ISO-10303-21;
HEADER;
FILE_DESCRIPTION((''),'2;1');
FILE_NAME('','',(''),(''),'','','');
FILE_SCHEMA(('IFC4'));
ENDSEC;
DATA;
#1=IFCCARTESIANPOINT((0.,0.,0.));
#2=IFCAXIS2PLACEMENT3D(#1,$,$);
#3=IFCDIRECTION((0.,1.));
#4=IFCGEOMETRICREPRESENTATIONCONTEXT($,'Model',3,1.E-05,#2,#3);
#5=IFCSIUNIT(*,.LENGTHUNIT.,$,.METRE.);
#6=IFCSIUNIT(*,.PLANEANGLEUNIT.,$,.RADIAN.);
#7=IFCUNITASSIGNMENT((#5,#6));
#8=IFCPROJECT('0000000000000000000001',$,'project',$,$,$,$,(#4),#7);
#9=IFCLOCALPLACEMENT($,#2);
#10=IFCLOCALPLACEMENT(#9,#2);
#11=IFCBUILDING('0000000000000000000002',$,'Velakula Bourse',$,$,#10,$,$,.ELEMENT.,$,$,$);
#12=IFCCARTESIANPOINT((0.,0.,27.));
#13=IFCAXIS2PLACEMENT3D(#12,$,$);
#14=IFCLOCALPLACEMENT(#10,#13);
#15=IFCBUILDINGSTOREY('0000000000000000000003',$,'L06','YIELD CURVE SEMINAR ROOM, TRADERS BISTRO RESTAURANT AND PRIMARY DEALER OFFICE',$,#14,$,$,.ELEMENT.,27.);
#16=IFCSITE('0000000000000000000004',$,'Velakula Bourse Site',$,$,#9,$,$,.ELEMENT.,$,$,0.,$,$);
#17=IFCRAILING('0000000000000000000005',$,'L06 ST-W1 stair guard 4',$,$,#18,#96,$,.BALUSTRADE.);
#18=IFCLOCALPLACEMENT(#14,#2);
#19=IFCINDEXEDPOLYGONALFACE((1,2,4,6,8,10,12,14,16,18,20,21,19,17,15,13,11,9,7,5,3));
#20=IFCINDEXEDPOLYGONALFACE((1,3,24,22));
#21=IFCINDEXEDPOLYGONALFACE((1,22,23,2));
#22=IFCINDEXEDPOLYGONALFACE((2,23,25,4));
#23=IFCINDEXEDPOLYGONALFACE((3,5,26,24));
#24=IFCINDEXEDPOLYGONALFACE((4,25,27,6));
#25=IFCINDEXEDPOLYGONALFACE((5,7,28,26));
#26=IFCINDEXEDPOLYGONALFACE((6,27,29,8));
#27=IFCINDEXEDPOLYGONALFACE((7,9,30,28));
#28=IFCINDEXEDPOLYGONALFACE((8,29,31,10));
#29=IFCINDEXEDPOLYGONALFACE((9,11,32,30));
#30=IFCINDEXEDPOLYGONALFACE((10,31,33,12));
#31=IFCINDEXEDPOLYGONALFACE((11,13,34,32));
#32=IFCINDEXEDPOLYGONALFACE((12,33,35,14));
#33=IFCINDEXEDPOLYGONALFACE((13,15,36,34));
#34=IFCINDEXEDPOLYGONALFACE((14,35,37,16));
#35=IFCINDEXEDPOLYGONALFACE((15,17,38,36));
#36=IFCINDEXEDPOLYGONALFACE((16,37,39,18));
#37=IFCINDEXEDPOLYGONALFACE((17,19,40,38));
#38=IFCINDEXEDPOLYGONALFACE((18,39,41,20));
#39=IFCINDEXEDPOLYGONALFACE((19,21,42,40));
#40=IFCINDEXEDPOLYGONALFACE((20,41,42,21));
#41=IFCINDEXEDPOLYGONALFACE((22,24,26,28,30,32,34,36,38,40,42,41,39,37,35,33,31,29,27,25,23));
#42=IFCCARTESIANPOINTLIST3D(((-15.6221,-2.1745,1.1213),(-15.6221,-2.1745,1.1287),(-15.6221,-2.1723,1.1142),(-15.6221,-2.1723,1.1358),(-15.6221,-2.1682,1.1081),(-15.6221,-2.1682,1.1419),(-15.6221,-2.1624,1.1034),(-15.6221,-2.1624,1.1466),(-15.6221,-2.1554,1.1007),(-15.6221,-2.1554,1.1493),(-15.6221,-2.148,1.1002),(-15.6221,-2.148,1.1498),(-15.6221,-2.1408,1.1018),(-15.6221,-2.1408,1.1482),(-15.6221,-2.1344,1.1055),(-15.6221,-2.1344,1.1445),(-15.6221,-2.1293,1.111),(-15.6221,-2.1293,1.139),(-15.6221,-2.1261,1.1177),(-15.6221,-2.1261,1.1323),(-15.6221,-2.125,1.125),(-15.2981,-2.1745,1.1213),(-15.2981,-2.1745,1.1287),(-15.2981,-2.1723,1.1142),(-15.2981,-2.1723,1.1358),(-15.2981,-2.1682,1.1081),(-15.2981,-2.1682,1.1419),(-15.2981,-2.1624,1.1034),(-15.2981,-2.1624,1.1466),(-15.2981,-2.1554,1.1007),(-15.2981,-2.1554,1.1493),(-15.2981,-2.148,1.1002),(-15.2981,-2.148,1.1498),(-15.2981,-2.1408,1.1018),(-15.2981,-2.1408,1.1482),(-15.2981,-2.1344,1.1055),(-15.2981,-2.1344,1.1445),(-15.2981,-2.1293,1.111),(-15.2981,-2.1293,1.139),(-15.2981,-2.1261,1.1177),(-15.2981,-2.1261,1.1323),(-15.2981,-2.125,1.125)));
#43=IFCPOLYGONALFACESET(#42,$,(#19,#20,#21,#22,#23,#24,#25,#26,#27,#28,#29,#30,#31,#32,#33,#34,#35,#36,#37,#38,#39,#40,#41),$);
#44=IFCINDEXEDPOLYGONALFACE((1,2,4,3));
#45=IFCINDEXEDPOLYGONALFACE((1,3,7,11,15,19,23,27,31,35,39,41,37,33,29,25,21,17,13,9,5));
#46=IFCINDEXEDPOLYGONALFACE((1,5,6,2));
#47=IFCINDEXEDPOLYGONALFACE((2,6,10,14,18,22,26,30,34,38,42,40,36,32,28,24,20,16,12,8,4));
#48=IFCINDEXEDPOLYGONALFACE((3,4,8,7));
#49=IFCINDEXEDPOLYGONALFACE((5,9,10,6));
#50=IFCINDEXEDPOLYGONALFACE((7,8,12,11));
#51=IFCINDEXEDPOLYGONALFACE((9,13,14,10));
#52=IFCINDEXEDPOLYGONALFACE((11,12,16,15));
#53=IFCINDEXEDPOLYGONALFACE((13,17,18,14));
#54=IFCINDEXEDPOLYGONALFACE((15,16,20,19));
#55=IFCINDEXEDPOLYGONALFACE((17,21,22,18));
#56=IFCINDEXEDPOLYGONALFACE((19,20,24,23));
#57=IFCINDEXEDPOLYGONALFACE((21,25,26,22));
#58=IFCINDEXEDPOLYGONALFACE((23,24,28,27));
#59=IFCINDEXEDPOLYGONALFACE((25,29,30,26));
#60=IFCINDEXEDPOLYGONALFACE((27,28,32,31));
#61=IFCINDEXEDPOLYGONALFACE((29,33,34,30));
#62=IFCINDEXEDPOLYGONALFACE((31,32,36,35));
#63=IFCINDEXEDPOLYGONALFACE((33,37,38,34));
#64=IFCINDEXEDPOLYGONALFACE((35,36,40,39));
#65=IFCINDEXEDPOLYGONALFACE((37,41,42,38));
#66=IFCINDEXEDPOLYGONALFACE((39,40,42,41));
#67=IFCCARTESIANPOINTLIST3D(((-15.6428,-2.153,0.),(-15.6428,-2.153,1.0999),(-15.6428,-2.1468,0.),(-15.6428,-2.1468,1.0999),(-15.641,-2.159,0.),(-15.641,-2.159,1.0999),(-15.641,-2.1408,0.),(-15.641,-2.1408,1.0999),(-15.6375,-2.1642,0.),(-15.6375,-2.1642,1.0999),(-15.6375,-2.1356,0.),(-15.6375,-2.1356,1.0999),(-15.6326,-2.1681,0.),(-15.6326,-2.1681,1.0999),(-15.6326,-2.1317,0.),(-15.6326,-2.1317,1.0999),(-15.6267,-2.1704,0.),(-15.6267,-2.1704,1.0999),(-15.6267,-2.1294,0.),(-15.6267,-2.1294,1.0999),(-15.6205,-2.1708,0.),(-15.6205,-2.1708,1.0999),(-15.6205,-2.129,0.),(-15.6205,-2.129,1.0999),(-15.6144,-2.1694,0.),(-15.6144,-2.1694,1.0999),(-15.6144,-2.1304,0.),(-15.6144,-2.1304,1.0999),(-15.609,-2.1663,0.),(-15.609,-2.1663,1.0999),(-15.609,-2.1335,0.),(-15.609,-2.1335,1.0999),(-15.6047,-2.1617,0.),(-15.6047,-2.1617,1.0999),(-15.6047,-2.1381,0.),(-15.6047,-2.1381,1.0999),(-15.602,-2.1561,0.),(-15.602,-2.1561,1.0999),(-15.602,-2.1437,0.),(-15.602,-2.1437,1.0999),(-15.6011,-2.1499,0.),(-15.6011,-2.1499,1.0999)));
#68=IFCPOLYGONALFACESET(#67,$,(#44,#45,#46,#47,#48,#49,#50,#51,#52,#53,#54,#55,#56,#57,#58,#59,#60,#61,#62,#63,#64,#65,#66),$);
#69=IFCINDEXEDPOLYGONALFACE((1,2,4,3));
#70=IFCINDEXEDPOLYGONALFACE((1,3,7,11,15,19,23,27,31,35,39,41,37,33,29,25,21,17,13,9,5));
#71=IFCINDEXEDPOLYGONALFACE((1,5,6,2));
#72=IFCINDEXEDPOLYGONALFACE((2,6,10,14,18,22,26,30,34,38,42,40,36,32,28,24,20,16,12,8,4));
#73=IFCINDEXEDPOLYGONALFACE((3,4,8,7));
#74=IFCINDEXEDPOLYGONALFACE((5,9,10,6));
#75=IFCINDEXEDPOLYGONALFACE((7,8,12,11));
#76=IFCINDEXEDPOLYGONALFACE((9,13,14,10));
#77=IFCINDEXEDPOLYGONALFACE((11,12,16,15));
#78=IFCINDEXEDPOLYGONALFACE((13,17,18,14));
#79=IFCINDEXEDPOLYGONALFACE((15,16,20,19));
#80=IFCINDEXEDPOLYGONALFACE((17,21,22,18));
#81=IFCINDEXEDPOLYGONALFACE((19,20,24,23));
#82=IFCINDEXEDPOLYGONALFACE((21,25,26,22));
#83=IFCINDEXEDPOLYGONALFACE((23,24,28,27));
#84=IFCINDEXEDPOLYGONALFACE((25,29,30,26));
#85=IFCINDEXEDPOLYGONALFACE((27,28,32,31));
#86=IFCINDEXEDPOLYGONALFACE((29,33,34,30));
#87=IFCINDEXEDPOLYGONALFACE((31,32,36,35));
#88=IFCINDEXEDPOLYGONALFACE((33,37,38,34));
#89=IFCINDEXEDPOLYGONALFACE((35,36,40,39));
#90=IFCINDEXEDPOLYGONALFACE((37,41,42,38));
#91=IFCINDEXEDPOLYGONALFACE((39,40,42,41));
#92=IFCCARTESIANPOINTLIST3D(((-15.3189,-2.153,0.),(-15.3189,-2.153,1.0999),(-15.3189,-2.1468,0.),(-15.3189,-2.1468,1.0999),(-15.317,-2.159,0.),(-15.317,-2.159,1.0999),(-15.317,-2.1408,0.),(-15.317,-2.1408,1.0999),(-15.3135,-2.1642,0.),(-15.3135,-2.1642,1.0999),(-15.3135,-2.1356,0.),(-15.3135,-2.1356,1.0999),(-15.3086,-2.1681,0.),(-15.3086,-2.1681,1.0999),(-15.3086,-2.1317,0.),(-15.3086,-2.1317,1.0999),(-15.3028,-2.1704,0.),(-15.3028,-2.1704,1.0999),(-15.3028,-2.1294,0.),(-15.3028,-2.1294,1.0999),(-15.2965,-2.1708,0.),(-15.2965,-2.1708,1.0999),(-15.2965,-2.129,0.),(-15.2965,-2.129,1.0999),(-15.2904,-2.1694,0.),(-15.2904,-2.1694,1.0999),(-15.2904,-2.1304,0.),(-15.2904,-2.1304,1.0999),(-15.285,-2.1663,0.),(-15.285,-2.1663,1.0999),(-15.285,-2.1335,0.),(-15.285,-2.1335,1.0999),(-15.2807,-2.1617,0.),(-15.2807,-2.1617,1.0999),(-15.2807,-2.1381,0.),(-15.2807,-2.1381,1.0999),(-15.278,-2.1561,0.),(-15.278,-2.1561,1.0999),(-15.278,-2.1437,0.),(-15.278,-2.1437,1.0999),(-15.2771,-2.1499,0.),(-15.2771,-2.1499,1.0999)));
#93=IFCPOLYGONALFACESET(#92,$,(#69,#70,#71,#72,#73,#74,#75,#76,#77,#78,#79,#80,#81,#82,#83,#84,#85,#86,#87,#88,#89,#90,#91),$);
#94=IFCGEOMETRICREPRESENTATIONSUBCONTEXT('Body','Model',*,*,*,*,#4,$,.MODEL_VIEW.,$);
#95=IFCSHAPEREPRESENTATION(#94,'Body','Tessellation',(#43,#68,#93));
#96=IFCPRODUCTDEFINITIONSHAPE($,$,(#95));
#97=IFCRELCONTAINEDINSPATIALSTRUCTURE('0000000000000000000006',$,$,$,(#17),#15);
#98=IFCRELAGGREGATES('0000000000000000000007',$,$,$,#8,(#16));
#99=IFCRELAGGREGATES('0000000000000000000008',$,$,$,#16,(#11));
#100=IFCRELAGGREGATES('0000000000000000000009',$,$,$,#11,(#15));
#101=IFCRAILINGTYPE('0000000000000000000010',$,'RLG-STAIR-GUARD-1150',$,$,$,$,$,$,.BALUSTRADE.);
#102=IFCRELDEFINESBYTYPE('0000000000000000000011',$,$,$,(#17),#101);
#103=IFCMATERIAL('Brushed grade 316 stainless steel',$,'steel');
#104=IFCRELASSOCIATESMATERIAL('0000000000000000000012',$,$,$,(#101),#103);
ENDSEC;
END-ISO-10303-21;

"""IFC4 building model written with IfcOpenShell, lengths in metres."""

from ifc_helpers import new_model, si_unit, direction, frame, origin, origin_2d, place, context, subcontext, project, spatial, circle, extrude, material, type_object, element, save


model = new_model("IFC4")

# Units and contexts
model_context = context("Model", 3, precision=1e-05, world=origin(), true_north=direction((0.0, 1.0)))
body_context = subcontext(model_context, "Body", "Model", "MODEL_VIEW")
ifc_project = project(units=[si_unit("LENGTHUNIT", "METRE"), si_unit("PLANEANGLEUNIT", "RADIAN")], contexts=[model_context])

# Site, building, storey
site_placement = place(None, origin())
site = spatial("IfcSite", under=ifc_project, at=site_placement, Name="Velakula Bourse Site", CompositionType="ELEMENT", RefElevation=0.0)
building_placement = place(site_placement, origin())
building = spatial("IfcBuilding", under=site, at=building_placement, Name="Velakula Bourse", CompositionType="ELEMENT")
storey_placement = place(building_placement, frame((0.0, 0.0, 27.0)))
storey = spatial("IfcBuildingStorey", under=building, at=storey_placement, Name="L06", Description="YIELD CURVE SEMINAR ROOM, TRADERS BISTRO RESTAURANT AND PRIMARY DEALER OFFICE", CompositionType="ELEMENT", Elevation=27.0)

# Shared definitions
ifc_material_1 = material(Name="Brushed grade 316 stainless steel", Category="steel")

# Railing
railing_type_1 = type_object("IfcRailingType", Name="RLG-STAIR-GUARD-1150", PredefinedType="BALUSTRADE", material=ifc_material_1)
railing_1_placement = place(storey_placement, frame((-15.6221, -2.1499, 0.0)))
element("IfcRailing", 1, at=railing_1_placement, inside=storey, type_object=railing_type_1, Name="L06 ST-W1 stair guard 4", PredefinedType="BALUSTRADE", context=body_context, shape_type="SweptSolid", body=[
    extrude(circle(Radius=0.0249, at=origin_2d()), frame((0.0, 0.0, 1.125), z_axis=(1.0, 0.0, 0.0), x_axis=(0.0, 1.0, 0.0)), (0.0, 0.0, 1.0), 0.324),
    extrude(circle(Radius=0.021, at=origin_2d()), origin(), (0.0, 0.0, 1.0), 1.0999),
    extrude(circle(Radius=0.021, at=origin_2d()), frame((0.324, 0.0, 0.0)), (0.0, 0.0, 1.0), 1.0999),
])

save(model, "model.ifc")
